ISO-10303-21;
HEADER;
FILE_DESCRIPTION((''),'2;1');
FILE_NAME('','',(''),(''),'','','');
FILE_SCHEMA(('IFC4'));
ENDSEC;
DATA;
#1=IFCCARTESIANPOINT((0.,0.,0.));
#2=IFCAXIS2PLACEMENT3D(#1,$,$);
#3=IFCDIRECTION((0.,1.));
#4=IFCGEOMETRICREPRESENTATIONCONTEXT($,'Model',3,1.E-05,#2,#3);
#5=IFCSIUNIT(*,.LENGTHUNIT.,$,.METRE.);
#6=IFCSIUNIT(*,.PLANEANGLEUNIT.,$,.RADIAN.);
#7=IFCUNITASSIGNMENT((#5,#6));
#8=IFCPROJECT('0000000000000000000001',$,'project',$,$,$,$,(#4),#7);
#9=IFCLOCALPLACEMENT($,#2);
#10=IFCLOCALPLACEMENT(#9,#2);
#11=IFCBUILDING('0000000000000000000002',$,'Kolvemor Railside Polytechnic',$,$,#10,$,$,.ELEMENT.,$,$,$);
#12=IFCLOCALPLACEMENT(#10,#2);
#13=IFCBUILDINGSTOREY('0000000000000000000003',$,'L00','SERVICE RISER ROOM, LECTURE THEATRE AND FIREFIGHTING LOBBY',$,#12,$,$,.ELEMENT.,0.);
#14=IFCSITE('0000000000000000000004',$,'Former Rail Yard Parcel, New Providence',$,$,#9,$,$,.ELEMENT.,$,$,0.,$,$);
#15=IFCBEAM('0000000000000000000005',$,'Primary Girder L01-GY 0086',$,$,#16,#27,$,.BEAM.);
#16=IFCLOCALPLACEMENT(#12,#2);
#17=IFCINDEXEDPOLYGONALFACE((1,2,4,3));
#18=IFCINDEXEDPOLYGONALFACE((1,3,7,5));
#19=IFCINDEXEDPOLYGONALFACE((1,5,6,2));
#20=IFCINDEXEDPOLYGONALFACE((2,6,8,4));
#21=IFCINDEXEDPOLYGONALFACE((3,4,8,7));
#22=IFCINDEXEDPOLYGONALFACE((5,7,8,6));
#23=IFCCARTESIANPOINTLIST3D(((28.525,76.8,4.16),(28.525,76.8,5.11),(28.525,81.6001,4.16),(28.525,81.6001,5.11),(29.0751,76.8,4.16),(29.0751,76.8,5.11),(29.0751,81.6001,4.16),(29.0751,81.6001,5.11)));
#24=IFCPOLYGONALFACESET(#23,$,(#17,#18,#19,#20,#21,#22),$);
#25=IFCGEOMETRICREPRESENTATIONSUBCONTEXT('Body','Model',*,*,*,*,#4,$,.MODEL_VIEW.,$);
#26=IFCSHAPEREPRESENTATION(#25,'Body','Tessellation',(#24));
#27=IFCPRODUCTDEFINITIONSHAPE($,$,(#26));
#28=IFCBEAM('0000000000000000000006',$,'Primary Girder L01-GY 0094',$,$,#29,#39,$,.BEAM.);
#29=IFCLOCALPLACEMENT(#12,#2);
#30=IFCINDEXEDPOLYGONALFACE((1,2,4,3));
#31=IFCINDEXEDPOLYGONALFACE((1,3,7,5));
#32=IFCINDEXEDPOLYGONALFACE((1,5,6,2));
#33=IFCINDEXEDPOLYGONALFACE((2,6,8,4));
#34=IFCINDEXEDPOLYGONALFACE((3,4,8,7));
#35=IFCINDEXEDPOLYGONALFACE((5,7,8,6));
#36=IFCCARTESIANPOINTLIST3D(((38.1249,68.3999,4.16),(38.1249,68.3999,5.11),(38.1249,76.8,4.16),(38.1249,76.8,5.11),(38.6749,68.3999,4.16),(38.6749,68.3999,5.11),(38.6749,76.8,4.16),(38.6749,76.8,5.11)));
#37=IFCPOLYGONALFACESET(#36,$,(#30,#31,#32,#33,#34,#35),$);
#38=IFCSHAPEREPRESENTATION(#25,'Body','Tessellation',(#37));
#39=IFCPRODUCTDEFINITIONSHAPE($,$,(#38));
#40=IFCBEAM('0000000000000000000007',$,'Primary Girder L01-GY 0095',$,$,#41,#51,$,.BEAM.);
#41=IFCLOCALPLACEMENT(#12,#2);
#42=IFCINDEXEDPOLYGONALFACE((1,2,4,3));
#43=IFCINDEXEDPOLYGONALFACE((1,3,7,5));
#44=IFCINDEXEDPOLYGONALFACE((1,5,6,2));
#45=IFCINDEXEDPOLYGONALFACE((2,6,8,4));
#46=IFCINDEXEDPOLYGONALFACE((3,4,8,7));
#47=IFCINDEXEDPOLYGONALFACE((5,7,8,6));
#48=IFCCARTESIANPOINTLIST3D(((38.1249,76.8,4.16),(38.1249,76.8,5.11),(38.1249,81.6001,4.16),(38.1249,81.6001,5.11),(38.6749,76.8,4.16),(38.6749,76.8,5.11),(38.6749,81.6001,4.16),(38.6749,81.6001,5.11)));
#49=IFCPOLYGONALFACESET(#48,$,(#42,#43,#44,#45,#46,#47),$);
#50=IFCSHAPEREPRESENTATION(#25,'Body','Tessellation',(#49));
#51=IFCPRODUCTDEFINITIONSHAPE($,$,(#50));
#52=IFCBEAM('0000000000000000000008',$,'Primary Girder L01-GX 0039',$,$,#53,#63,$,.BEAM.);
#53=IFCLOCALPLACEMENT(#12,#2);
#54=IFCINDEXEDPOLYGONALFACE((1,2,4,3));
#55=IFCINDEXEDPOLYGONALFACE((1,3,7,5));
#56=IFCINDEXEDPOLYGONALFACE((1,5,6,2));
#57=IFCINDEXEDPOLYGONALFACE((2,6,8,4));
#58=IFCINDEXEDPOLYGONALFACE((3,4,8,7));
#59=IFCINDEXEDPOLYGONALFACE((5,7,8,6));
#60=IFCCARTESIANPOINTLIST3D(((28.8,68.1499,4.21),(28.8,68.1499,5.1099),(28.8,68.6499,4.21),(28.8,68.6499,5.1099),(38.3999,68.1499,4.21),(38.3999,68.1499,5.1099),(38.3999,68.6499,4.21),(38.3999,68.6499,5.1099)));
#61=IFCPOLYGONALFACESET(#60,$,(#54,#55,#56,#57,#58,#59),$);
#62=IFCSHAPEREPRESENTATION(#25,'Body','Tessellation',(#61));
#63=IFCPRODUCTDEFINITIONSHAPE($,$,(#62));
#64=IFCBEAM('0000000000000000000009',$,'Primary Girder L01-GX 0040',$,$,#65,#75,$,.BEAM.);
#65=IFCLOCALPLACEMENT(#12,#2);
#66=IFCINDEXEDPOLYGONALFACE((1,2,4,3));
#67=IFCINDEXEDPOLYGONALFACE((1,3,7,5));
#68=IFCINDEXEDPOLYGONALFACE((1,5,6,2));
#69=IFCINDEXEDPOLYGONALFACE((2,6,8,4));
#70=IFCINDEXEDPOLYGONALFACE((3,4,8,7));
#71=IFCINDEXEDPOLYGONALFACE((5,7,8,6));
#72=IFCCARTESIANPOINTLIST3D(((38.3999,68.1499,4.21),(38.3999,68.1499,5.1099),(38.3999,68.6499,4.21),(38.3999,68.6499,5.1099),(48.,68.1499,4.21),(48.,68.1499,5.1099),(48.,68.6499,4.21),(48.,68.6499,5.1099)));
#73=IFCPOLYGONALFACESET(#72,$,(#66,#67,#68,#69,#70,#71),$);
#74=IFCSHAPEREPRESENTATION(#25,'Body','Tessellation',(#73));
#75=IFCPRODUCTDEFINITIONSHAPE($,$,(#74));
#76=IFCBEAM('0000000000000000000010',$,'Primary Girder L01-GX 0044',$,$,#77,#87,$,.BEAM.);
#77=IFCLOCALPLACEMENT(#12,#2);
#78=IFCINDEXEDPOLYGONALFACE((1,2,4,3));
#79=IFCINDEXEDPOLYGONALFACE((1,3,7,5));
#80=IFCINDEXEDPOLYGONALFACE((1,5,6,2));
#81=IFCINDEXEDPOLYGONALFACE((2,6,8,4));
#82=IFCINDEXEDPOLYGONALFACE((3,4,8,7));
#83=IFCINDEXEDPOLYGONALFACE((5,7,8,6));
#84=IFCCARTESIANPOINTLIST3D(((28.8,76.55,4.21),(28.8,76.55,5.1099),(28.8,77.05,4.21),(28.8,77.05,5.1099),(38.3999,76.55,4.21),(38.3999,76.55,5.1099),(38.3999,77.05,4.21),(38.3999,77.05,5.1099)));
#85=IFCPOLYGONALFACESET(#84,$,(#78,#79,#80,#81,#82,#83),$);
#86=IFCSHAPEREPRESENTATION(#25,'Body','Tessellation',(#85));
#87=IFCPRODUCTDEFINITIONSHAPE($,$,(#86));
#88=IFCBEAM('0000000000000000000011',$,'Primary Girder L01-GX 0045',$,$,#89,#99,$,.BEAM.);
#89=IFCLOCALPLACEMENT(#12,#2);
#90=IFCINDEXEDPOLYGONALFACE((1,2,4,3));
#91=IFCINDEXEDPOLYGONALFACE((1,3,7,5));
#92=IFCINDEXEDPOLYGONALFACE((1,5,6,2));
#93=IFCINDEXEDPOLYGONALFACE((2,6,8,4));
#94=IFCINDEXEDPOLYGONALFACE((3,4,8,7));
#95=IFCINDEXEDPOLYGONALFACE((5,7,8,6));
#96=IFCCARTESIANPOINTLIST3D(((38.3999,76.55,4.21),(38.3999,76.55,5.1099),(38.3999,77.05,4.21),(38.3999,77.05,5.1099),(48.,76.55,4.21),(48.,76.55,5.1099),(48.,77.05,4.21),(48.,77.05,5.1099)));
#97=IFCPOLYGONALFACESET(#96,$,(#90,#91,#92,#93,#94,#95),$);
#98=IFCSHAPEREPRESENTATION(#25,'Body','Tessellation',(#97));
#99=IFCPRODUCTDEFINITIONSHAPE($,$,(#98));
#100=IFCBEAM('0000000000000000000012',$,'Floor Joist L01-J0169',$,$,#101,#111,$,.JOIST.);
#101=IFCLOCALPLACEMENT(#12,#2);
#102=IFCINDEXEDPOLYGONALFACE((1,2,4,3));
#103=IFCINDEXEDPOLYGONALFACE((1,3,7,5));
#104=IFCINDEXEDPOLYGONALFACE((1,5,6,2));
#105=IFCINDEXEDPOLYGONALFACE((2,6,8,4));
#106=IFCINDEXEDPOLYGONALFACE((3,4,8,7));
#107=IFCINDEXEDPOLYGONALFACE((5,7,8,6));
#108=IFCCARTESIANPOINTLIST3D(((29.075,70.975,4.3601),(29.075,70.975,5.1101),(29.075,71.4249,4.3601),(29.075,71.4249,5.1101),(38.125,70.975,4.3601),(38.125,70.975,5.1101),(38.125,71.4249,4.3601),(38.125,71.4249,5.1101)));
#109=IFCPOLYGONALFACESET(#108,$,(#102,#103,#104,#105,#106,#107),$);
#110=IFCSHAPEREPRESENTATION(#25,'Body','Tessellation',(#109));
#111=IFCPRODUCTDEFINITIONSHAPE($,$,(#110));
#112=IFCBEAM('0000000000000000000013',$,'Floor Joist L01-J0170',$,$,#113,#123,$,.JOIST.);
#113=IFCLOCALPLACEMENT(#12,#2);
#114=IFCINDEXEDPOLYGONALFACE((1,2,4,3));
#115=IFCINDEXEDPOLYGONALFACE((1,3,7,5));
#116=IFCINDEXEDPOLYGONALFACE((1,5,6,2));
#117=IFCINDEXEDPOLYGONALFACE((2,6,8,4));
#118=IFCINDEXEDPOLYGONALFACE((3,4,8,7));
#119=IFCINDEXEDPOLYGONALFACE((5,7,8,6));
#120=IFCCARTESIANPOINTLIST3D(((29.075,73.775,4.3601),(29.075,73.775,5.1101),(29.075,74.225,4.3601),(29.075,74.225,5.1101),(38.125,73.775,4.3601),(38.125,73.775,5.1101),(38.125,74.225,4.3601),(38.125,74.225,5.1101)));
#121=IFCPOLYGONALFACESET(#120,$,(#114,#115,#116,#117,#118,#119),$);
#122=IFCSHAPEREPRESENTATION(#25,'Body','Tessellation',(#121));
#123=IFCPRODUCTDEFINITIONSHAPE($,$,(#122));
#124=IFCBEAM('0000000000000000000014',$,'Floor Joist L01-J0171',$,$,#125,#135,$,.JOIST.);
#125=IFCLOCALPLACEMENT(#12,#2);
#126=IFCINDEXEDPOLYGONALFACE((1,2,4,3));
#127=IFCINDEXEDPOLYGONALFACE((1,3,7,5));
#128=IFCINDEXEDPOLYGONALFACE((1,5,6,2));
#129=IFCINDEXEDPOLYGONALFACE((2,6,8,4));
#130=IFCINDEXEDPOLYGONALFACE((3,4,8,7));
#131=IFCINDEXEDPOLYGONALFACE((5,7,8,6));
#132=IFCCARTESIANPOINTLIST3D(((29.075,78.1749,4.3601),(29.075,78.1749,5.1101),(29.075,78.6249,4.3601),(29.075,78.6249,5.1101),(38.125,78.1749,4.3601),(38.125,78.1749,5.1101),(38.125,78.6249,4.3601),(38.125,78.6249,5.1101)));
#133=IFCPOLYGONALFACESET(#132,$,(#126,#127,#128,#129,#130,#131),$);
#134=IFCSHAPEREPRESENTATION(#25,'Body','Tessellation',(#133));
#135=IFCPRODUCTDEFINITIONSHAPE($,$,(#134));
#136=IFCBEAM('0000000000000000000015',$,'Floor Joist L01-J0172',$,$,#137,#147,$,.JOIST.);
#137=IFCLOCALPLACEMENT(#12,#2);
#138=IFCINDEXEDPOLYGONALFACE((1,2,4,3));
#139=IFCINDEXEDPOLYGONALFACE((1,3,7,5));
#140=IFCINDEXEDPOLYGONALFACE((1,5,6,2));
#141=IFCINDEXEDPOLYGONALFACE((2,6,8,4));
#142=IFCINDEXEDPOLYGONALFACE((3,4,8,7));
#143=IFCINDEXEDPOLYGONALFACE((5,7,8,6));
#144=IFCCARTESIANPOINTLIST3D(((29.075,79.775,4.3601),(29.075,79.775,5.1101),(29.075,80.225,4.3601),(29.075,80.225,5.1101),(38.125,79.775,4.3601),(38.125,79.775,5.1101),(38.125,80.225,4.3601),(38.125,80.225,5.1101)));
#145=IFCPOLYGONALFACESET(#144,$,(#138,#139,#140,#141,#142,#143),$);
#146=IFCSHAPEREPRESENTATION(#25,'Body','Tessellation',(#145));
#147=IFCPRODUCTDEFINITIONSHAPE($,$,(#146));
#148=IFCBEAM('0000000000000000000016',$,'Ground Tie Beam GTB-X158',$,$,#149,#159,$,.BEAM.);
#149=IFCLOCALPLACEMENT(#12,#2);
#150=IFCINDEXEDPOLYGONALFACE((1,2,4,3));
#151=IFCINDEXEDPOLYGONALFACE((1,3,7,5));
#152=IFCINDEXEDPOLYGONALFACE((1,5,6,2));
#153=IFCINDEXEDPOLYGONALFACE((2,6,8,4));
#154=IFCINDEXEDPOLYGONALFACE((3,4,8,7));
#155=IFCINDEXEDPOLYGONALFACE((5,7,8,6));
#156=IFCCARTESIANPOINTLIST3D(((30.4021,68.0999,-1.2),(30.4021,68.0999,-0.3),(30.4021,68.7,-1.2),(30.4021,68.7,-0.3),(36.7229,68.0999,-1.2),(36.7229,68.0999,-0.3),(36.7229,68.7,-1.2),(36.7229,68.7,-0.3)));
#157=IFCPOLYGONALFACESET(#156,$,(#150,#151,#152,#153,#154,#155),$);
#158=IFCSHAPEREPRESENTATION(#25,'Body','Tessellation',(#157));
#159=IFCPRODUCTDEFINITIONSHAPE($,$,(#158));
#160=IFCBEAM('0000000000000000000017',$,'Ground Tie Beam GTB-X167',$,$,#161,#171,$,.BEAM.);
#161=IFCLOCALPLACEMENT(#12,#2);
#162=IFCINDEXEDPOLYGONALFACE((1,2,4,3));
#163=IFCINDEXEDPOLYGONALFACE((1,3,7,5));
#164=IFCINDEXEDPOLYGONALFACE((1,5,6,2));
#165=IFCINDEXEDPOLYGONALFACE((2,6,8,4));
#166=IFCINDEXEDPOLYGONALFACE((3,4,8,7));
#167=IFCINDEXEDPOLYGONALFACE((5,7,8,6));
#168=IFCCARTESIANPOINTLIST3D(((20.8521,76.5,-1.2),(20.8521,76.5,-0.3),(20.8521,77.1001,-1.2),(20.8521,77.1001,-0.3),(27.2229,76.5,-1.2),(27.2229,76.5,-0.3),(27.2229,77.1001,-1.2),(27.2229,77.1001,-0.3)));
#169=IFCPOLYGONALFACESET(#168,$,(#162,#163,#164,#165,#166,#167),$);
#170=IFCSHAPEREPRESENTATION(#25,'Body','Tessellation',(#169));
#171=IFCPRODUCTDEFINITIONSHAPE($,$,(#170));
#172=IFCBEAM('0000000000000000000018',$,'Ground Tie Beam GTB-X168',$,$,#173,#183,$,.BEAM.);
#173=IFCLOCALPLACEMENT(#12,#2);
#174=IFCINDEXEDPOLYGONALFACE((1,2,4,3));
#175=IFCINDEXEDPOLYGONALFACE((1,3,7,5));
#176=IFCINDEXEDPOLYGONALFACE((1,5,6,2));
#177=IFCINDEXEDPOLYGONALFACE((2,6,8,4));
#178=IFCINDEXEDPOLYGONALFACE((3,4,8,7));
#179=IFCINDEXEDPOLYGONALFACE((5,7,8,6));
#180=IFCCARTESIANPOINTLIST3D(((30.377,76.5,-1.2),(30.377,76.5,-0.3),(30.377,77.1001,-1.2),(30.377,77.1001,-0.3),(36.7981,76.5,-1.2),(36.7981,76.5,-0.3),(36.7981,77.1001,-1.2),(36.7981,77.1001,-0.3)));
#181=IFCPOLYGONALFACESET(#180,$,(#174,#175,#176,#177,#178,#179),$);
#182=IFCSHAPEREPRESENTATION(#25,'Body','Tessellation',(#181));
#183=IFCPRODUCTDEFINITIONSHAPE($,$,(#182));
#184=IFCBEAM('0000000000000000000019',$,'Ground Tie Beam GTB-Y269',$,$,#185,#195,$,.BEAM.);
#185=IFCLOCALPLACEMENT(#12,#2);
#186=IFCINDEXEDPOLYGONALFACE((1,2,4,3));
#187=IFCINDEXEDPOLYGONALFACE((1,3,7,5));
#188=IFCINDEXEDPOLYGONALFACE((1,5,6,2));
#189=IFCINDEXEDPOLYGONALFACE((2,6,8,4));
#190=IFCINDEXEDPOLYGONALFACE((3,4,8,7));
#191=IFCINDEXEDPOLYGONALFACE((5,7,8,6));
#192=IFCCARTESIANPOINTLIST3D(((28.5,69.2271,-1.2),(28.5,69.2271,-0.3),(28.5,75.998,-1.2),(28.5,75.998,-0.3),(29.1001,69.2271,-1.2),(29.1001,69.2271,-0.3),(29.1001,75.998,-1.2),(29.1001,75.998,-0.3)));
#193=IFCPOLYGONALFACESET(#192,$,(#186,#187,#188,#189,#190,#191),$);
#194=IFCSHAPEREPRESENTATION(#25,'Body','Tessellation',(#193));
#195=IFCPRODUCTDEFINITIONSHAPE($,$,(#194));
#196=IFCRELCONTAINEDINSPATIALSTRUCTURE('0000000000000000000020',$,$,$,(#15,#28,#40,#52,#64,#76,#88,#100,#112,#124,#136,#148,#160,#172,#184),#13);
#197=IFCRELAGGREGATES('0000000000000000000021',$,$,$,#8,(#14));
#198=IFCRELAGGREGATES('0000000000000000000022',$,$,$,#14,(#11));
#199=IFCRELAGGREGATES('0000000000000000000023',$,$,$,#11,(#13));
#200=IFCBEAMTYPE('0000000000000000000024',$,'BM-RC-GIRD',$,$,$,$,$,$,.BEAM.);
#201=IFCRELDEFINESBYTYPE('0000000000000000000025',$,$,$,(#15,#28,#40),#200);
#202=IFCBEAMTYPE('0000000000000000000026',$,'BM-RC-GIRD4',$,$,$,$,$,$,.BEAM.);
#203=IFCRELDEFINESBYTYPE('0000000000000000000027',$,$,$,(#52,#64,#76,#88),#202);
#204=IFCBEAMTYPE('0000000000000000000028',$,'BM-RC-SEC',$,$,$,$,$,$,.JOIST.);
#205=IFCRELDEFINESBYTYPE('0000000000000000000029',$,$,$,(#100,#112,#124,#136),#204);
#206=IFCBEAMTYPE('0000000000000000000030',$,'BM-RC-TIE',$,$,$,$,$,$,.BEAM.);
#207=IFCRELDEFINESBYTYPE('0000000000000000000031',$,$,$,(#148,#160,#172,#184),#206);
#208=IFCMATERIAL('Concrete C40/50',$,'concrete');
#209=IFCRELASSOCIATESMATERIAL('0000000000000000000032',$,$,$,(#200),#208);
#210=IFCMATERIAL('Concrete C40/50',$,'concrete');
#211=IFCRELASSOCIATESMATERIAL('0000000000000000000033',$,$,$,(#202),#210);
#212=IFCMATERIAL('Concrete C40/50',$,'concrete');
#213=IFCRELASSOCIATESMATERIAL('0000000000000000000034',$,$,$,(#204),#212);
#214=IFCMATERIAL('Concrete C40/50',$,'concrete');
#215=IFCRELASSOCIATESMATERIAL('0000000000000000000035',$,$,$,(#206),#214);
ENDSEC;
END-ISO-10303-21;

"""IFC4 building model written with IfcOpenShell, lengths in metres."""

from ifc_helpers import new_model, si_unit, direction, frame, origin, origin_2d, place, context, subcontext, project, spatial, rectangle, extrude, material, material_profile, profile_set, type_object, element, save


model = new_model("IFC4")

# Units and contexts
model_context = context("Model", 3, precision=1e-05, world=origin(), true_north=direction((0.0, 1.0)))
body_context = subcontext(model_context, "Body", "Model", "MODEL_VIEW")
ifc_project = project(units=[si_unit("LENGTHUNIT", "METRE"), si_unit("PLANEANGLEUNIT", "RADIAN")], contexts=[model_context])

# Site, building, storey
site_placement = place(None, origin())
site = spatial("IfcSite", under=ifc_project, at=site_placement, Name="Former Rail Yard Parcel, New Providence", CompositionType="ELEMENT", RefElevation=0.0)
building_placement = place(site_placement, origin())
building = spatial("IfcBuilding", under=site, at=building_placement, Name="Kolvemor Railside Polytechnic", CompositionType="ELEMENT")
storey_placement = place(building_placement, origin())
storey = spatial("IfcBuildingStorey", under=building, at=storey_placement, Name="L00", Description="SERVICE RISER ROOM, LECTURE THEATRE AND FIREFIGHTING LOBBY", CompositionType="ELEMENT", Elevation=0.0)

# Beams
ifc_material_1 = material(Name="Concrete C40/50", Category="concrete")
ifc_material_profile_1 = material_profile(ifc_material_1, rectangle(XDim=0.55, YDim=0.95, at=origin_2d()), Name="RC550x950")
ifc_profile_set_1 = profile_set([ifc_material_profile_1], Name="Concrete C40/50")
beam_type_1 = type_object("IfcBeamType", Name="BM-RC-GIRD", PredefinedType="BEAM", material=ifc_profile_set_1)
beam_1_placement = place(storey_placement, frame((28.8, 76.8, 4.635), z_axis=(0.0, 1.0, 0.0), x_axis=(-1.0, 0.0, 0.0)))
element("IfcBeam", 1, at=beam_1_placement, inside=storey, type_object=beam_type_1, Name="Primary Girder L01-GY 0086", PredefinedType="BEAM", context=body_context, shape_type="SweptSolid", body=[
    extrude(rectangle(XDim=0.55, YDim=0.95, at=origin_2d()), origin(), (0.0, 0.0, 1.0), 4.8),
])
beam_2_placement = place(storey_placement, frame((38.3999, 68.3999, 4.635), z_axis=(0.0, 1.0, 0.0), x_axis=(-1.0, 0.0, 0.0)))
element("IfcBeam", 2, at=beam_2_placement, inside=storey, type_object=beam_type_1, Name="Primary Girder L01-GY 0094", PredefinedType="BEAM", context=body_context, shape_type="SweptSolid", body=[
    extrude(rectangle(XDim=0.55, YDim=0.95, at=origin_2d()), origin(), (0.0, 0.0, 1.0), 8.4001),
])
beam_3_placement = place(storey_placement, frame((38.3999, 76.8, 4.635), z_axis=(0.0, 1.0, 0.0), x_axis=(-1.0, 0.0, 0.0)))
element("IfcBeam", 3, at=beam_3_placement, inside=storey, type_object=beam_type_1, Name="Primary Girder L01-GY 0095", PredefinedType="BEAM", context=body_context, shape_type="SweptSolid", body=[
    extrude(rectangle(XDim=0.55, YDim=0.95, at=origin_2d()), origin(), (0.0, 0.0, 1.0), 4.8),
])
ifc_material_2 = material(Name="Concrete C40/50", Category="concrete")
ifc_material_profile_2 = material_profile(ifc_material_2, rectangle(XDim=0.5, YDim=0.8999, at=origin_2d()), Name="RC500x900")
ifc_profile_set_2 = profile_set([ifc_material_profile_2], Name="Concrete C40/50")
beam_type_2 = type_object("IfcBeamType", Name="BM-RC-GIRD4", PredefinedType="BEAM", material=ifc_profile_set_2)
beam_4_placement = place(storey_placement, frame((28.8, 68.3999, 4.6599), z_axis=(1.0, 0.0, 0.0), x_axis=(0.0, 1.0, 0.0)))
element("IfcBeam", 4, at=beam_4_placement, inside=storey, type_object=beam_type_2, Name="Primary Girder L01-GX 0039", PredefinedType="BEAM", context=body_context, shape_type="SweptSolid", body=[
    extrude(rectangle(XDim=0.5, YDim=0.8999, at=origin_2d()), origin(), (0.0, 0.0, 1.0), 9.5999),
])
beam_5_placement = place(storey_placement, frame((38.3999, 68.3999, 4.6599), z_axis=(1.0, 0.0, 0.0), x_axis=(0.0, 1.0, 0.0)))
element("IfcBeam", 5, at=beam_5_placement, inside=storey, type_object=beam_type_2, Name="Primary Girder L01-GX 0040", PredefinedType="BEAM", context=body_context, shape_type="SweptSolid", body=[
    extrude(rectangle(XDim=0.5, YDim=0.8999, at=origin_2d()), origin(), (0.0, 0.0, 1.0), 9.6001),
])
beam_6_placement = place(storey_placement, frame((28.8, 76.8, 4.6599), z_axis=(1.0, 0.0, 0.0), x_axis=(0.0, 1.0, 0.0)))
element("IfcBeam", 6, at=beam_6_placement, inside=storey, type_object=beam_type_2, Name="Primary Girder L01-GX 0044", PredefinedType="BEAM", context=body_context, shape_type="SweptSolid", body=[
    extrude(rectangle(XDim=0.5, YDim=0.8999, at=origin_2d()), origin(), (0.0, 0.0, 1.0), 9.5999),
])
beam_7_placement = place(storey_placement, frame((38.3999, 76.8, 4.6599), z_axis=(1.0, 0.0, 0.0), x_axis=(0.0, 1.0, 0.0)))
element("IfcBeam", 7, at=beam_7_placement, inside=storey, type_object=beam_type_2, Name="Primary Girder L01-GX 0045", PredefinedType="BEAM", context=body_context, shape_type="SweptSolid", body=[
    extrude(rectangle(XDim=0.5, YDim=0.8999, at=origin_2d()), origin(), (0.0, 0.0, 1.0), 9.6001),
])
ifc_material_3 = material(Name="Concrete C40/50", Category="concrete")
ifc_material_profile_3 = material_profile(ifc_material_3, rectangle(XDim=0.45, YDim=0.75, at=origin_2d()), Name="RC450x750")
ifc_profile_set_3 = profile_set([ifc_material_profile_3], Name="Concrete C40/50")
beam_type_3 = type_object("IfcBeamType", Name="BM-RC-SEC", PredefinedType="JOIST", material=ifc_profile_set_3)
for number, where, z_axis, x_axis, name in (
    (8, (29.075, 71.2, 4.7351), (1.0, 0.0, 0.0), (0.0, 1.0, 0.0), "Floor Joist L01-J0169"),
    (9, (29.075, 74.0, 4.7351), (1.0, 0.0, 0.0), (0.0, 1.0, 0.0), "Floor Joist L01-J0170"),
    (10, (29.075, 78.3999, 4.7351), (1.0, 0.0, 0.0), (0.0, 1.0, 0.0), "Floor Joist L01-J0171"),
    (11, (29.075, 80.0, 4.7351), (1.0, 0.0, 0.0), (0.0, 1.0, 0.0), "Floor Joist L01-J0172"),
):
    element("IfcBeam", number, at=place(storey_placement, frame(where, z_axis=z_axis, x_axis=x_axis)), inside=storey, type_object=beam_type_3, Name=name, PredefinedType="JOIST", context=body_context, shape_type="SweptSolid", body=[
        extrude(rectangle(XDim=0.45, YDim=0.75, at=origin_2d()), origin(), (0.0, 0.0, 1.0), 9.05),
    ])
ifc_material_4 = material(Name="Concrete C40/50", Category="concrete")
ifc_material_profile_4 = material_profile(ifc_material_4, rectangle(XDim=0.6001, YDim=0.8999, at=origin_2d()), Name="RC600x900")
ifc_profile_set_4 = profile_set([ifc_material_profile_4], Name="Concrete C40/50")
beam_type_4 = type_object("IfcBeamType", Name="BM-RC-TIE", PredefinedType="BEAM", material=ifc_profile_set_4)
beam_8_placement = place(storey_placement, frame((30.4021, 68.3999, -0.75), z_axis=(1.0, 0.0, 0.0), x_axis=(0.0, 1.0, 0.0)))
element("IfcBeam", 12, at=beam_8_placement, inside=storey, type_object=beam_type_4, Name="Ground Tie Beam GTB-X158", PredefinedType="BEAM", context=body_context, shape_type="SweptSolid", body=[
    extrude(rectangle(XDim=0.6001, YDim=0.8999, at=origin_2d()), origin(), (0.0, 0.0, 1.0), 6.3208),
])
beam_9_placement = place(storey_placement, frame((20.8521, 76.8, -0.75), z_axis=(1.0, 0.0, 0.0), x_axis=(0.0, 1.0, 0.0)))
element("IfcBeam", 13, at=beam_9_placement, inside=storey, type_object=beam_type_4, Name="Ground Tie Beam GTB-X167", PredefinedType="BEAM", context=body_context, shape_type="SweptSolid", body=[
    extrude(rectangle(XDim=0.6001, YDim=0.8999, at=origin_2d()), origin(), (0.0, 0.0, 1.0), 6.3708),
])
beam_10_placement = place(storey_placement, frame((30.377, 76.8, -0.75), z_axis=(1.0, 0.0, 0.0), x_axis=(0.0, 1.0, 0.0)))
element("IfcBeam", 14, at=beam_10_placement, inside=storey, type_object=beam_type_4, Name="Ground Tie Beam GTB-X168", PredefinedType="BEAM", context=body_context, shape_type="SweptSolid", body=[
    extrude(rectangle(XDim=0.6001, YDim=0.8999, at=origin_2d()), origin(), (0.0, 0.0, 1.0), 6.4211),
])
beam_11_placement = place(storey_placement, frame((28.8, 69.2271, -0.75), z_axis=(0.0, 1.0, 0.0), x_axis=(-1.0, 0.0, 0.0)))
element("IfcBeam", 15, at=beam_11_placement, inside=storey, type_object=beam_type_4, Name="Ground Tie Beam GTB-Y269", PredefinedType="BEAM", context=body_context, shape_type="SweptSolid", body=[
    extrude(rectangle(XDim=0.6001, YDim=0.8999, at=origin_2d()), origin(), (0.0, 0.0, 1.0), 6.771),
])

save(model, "model.ifc")
